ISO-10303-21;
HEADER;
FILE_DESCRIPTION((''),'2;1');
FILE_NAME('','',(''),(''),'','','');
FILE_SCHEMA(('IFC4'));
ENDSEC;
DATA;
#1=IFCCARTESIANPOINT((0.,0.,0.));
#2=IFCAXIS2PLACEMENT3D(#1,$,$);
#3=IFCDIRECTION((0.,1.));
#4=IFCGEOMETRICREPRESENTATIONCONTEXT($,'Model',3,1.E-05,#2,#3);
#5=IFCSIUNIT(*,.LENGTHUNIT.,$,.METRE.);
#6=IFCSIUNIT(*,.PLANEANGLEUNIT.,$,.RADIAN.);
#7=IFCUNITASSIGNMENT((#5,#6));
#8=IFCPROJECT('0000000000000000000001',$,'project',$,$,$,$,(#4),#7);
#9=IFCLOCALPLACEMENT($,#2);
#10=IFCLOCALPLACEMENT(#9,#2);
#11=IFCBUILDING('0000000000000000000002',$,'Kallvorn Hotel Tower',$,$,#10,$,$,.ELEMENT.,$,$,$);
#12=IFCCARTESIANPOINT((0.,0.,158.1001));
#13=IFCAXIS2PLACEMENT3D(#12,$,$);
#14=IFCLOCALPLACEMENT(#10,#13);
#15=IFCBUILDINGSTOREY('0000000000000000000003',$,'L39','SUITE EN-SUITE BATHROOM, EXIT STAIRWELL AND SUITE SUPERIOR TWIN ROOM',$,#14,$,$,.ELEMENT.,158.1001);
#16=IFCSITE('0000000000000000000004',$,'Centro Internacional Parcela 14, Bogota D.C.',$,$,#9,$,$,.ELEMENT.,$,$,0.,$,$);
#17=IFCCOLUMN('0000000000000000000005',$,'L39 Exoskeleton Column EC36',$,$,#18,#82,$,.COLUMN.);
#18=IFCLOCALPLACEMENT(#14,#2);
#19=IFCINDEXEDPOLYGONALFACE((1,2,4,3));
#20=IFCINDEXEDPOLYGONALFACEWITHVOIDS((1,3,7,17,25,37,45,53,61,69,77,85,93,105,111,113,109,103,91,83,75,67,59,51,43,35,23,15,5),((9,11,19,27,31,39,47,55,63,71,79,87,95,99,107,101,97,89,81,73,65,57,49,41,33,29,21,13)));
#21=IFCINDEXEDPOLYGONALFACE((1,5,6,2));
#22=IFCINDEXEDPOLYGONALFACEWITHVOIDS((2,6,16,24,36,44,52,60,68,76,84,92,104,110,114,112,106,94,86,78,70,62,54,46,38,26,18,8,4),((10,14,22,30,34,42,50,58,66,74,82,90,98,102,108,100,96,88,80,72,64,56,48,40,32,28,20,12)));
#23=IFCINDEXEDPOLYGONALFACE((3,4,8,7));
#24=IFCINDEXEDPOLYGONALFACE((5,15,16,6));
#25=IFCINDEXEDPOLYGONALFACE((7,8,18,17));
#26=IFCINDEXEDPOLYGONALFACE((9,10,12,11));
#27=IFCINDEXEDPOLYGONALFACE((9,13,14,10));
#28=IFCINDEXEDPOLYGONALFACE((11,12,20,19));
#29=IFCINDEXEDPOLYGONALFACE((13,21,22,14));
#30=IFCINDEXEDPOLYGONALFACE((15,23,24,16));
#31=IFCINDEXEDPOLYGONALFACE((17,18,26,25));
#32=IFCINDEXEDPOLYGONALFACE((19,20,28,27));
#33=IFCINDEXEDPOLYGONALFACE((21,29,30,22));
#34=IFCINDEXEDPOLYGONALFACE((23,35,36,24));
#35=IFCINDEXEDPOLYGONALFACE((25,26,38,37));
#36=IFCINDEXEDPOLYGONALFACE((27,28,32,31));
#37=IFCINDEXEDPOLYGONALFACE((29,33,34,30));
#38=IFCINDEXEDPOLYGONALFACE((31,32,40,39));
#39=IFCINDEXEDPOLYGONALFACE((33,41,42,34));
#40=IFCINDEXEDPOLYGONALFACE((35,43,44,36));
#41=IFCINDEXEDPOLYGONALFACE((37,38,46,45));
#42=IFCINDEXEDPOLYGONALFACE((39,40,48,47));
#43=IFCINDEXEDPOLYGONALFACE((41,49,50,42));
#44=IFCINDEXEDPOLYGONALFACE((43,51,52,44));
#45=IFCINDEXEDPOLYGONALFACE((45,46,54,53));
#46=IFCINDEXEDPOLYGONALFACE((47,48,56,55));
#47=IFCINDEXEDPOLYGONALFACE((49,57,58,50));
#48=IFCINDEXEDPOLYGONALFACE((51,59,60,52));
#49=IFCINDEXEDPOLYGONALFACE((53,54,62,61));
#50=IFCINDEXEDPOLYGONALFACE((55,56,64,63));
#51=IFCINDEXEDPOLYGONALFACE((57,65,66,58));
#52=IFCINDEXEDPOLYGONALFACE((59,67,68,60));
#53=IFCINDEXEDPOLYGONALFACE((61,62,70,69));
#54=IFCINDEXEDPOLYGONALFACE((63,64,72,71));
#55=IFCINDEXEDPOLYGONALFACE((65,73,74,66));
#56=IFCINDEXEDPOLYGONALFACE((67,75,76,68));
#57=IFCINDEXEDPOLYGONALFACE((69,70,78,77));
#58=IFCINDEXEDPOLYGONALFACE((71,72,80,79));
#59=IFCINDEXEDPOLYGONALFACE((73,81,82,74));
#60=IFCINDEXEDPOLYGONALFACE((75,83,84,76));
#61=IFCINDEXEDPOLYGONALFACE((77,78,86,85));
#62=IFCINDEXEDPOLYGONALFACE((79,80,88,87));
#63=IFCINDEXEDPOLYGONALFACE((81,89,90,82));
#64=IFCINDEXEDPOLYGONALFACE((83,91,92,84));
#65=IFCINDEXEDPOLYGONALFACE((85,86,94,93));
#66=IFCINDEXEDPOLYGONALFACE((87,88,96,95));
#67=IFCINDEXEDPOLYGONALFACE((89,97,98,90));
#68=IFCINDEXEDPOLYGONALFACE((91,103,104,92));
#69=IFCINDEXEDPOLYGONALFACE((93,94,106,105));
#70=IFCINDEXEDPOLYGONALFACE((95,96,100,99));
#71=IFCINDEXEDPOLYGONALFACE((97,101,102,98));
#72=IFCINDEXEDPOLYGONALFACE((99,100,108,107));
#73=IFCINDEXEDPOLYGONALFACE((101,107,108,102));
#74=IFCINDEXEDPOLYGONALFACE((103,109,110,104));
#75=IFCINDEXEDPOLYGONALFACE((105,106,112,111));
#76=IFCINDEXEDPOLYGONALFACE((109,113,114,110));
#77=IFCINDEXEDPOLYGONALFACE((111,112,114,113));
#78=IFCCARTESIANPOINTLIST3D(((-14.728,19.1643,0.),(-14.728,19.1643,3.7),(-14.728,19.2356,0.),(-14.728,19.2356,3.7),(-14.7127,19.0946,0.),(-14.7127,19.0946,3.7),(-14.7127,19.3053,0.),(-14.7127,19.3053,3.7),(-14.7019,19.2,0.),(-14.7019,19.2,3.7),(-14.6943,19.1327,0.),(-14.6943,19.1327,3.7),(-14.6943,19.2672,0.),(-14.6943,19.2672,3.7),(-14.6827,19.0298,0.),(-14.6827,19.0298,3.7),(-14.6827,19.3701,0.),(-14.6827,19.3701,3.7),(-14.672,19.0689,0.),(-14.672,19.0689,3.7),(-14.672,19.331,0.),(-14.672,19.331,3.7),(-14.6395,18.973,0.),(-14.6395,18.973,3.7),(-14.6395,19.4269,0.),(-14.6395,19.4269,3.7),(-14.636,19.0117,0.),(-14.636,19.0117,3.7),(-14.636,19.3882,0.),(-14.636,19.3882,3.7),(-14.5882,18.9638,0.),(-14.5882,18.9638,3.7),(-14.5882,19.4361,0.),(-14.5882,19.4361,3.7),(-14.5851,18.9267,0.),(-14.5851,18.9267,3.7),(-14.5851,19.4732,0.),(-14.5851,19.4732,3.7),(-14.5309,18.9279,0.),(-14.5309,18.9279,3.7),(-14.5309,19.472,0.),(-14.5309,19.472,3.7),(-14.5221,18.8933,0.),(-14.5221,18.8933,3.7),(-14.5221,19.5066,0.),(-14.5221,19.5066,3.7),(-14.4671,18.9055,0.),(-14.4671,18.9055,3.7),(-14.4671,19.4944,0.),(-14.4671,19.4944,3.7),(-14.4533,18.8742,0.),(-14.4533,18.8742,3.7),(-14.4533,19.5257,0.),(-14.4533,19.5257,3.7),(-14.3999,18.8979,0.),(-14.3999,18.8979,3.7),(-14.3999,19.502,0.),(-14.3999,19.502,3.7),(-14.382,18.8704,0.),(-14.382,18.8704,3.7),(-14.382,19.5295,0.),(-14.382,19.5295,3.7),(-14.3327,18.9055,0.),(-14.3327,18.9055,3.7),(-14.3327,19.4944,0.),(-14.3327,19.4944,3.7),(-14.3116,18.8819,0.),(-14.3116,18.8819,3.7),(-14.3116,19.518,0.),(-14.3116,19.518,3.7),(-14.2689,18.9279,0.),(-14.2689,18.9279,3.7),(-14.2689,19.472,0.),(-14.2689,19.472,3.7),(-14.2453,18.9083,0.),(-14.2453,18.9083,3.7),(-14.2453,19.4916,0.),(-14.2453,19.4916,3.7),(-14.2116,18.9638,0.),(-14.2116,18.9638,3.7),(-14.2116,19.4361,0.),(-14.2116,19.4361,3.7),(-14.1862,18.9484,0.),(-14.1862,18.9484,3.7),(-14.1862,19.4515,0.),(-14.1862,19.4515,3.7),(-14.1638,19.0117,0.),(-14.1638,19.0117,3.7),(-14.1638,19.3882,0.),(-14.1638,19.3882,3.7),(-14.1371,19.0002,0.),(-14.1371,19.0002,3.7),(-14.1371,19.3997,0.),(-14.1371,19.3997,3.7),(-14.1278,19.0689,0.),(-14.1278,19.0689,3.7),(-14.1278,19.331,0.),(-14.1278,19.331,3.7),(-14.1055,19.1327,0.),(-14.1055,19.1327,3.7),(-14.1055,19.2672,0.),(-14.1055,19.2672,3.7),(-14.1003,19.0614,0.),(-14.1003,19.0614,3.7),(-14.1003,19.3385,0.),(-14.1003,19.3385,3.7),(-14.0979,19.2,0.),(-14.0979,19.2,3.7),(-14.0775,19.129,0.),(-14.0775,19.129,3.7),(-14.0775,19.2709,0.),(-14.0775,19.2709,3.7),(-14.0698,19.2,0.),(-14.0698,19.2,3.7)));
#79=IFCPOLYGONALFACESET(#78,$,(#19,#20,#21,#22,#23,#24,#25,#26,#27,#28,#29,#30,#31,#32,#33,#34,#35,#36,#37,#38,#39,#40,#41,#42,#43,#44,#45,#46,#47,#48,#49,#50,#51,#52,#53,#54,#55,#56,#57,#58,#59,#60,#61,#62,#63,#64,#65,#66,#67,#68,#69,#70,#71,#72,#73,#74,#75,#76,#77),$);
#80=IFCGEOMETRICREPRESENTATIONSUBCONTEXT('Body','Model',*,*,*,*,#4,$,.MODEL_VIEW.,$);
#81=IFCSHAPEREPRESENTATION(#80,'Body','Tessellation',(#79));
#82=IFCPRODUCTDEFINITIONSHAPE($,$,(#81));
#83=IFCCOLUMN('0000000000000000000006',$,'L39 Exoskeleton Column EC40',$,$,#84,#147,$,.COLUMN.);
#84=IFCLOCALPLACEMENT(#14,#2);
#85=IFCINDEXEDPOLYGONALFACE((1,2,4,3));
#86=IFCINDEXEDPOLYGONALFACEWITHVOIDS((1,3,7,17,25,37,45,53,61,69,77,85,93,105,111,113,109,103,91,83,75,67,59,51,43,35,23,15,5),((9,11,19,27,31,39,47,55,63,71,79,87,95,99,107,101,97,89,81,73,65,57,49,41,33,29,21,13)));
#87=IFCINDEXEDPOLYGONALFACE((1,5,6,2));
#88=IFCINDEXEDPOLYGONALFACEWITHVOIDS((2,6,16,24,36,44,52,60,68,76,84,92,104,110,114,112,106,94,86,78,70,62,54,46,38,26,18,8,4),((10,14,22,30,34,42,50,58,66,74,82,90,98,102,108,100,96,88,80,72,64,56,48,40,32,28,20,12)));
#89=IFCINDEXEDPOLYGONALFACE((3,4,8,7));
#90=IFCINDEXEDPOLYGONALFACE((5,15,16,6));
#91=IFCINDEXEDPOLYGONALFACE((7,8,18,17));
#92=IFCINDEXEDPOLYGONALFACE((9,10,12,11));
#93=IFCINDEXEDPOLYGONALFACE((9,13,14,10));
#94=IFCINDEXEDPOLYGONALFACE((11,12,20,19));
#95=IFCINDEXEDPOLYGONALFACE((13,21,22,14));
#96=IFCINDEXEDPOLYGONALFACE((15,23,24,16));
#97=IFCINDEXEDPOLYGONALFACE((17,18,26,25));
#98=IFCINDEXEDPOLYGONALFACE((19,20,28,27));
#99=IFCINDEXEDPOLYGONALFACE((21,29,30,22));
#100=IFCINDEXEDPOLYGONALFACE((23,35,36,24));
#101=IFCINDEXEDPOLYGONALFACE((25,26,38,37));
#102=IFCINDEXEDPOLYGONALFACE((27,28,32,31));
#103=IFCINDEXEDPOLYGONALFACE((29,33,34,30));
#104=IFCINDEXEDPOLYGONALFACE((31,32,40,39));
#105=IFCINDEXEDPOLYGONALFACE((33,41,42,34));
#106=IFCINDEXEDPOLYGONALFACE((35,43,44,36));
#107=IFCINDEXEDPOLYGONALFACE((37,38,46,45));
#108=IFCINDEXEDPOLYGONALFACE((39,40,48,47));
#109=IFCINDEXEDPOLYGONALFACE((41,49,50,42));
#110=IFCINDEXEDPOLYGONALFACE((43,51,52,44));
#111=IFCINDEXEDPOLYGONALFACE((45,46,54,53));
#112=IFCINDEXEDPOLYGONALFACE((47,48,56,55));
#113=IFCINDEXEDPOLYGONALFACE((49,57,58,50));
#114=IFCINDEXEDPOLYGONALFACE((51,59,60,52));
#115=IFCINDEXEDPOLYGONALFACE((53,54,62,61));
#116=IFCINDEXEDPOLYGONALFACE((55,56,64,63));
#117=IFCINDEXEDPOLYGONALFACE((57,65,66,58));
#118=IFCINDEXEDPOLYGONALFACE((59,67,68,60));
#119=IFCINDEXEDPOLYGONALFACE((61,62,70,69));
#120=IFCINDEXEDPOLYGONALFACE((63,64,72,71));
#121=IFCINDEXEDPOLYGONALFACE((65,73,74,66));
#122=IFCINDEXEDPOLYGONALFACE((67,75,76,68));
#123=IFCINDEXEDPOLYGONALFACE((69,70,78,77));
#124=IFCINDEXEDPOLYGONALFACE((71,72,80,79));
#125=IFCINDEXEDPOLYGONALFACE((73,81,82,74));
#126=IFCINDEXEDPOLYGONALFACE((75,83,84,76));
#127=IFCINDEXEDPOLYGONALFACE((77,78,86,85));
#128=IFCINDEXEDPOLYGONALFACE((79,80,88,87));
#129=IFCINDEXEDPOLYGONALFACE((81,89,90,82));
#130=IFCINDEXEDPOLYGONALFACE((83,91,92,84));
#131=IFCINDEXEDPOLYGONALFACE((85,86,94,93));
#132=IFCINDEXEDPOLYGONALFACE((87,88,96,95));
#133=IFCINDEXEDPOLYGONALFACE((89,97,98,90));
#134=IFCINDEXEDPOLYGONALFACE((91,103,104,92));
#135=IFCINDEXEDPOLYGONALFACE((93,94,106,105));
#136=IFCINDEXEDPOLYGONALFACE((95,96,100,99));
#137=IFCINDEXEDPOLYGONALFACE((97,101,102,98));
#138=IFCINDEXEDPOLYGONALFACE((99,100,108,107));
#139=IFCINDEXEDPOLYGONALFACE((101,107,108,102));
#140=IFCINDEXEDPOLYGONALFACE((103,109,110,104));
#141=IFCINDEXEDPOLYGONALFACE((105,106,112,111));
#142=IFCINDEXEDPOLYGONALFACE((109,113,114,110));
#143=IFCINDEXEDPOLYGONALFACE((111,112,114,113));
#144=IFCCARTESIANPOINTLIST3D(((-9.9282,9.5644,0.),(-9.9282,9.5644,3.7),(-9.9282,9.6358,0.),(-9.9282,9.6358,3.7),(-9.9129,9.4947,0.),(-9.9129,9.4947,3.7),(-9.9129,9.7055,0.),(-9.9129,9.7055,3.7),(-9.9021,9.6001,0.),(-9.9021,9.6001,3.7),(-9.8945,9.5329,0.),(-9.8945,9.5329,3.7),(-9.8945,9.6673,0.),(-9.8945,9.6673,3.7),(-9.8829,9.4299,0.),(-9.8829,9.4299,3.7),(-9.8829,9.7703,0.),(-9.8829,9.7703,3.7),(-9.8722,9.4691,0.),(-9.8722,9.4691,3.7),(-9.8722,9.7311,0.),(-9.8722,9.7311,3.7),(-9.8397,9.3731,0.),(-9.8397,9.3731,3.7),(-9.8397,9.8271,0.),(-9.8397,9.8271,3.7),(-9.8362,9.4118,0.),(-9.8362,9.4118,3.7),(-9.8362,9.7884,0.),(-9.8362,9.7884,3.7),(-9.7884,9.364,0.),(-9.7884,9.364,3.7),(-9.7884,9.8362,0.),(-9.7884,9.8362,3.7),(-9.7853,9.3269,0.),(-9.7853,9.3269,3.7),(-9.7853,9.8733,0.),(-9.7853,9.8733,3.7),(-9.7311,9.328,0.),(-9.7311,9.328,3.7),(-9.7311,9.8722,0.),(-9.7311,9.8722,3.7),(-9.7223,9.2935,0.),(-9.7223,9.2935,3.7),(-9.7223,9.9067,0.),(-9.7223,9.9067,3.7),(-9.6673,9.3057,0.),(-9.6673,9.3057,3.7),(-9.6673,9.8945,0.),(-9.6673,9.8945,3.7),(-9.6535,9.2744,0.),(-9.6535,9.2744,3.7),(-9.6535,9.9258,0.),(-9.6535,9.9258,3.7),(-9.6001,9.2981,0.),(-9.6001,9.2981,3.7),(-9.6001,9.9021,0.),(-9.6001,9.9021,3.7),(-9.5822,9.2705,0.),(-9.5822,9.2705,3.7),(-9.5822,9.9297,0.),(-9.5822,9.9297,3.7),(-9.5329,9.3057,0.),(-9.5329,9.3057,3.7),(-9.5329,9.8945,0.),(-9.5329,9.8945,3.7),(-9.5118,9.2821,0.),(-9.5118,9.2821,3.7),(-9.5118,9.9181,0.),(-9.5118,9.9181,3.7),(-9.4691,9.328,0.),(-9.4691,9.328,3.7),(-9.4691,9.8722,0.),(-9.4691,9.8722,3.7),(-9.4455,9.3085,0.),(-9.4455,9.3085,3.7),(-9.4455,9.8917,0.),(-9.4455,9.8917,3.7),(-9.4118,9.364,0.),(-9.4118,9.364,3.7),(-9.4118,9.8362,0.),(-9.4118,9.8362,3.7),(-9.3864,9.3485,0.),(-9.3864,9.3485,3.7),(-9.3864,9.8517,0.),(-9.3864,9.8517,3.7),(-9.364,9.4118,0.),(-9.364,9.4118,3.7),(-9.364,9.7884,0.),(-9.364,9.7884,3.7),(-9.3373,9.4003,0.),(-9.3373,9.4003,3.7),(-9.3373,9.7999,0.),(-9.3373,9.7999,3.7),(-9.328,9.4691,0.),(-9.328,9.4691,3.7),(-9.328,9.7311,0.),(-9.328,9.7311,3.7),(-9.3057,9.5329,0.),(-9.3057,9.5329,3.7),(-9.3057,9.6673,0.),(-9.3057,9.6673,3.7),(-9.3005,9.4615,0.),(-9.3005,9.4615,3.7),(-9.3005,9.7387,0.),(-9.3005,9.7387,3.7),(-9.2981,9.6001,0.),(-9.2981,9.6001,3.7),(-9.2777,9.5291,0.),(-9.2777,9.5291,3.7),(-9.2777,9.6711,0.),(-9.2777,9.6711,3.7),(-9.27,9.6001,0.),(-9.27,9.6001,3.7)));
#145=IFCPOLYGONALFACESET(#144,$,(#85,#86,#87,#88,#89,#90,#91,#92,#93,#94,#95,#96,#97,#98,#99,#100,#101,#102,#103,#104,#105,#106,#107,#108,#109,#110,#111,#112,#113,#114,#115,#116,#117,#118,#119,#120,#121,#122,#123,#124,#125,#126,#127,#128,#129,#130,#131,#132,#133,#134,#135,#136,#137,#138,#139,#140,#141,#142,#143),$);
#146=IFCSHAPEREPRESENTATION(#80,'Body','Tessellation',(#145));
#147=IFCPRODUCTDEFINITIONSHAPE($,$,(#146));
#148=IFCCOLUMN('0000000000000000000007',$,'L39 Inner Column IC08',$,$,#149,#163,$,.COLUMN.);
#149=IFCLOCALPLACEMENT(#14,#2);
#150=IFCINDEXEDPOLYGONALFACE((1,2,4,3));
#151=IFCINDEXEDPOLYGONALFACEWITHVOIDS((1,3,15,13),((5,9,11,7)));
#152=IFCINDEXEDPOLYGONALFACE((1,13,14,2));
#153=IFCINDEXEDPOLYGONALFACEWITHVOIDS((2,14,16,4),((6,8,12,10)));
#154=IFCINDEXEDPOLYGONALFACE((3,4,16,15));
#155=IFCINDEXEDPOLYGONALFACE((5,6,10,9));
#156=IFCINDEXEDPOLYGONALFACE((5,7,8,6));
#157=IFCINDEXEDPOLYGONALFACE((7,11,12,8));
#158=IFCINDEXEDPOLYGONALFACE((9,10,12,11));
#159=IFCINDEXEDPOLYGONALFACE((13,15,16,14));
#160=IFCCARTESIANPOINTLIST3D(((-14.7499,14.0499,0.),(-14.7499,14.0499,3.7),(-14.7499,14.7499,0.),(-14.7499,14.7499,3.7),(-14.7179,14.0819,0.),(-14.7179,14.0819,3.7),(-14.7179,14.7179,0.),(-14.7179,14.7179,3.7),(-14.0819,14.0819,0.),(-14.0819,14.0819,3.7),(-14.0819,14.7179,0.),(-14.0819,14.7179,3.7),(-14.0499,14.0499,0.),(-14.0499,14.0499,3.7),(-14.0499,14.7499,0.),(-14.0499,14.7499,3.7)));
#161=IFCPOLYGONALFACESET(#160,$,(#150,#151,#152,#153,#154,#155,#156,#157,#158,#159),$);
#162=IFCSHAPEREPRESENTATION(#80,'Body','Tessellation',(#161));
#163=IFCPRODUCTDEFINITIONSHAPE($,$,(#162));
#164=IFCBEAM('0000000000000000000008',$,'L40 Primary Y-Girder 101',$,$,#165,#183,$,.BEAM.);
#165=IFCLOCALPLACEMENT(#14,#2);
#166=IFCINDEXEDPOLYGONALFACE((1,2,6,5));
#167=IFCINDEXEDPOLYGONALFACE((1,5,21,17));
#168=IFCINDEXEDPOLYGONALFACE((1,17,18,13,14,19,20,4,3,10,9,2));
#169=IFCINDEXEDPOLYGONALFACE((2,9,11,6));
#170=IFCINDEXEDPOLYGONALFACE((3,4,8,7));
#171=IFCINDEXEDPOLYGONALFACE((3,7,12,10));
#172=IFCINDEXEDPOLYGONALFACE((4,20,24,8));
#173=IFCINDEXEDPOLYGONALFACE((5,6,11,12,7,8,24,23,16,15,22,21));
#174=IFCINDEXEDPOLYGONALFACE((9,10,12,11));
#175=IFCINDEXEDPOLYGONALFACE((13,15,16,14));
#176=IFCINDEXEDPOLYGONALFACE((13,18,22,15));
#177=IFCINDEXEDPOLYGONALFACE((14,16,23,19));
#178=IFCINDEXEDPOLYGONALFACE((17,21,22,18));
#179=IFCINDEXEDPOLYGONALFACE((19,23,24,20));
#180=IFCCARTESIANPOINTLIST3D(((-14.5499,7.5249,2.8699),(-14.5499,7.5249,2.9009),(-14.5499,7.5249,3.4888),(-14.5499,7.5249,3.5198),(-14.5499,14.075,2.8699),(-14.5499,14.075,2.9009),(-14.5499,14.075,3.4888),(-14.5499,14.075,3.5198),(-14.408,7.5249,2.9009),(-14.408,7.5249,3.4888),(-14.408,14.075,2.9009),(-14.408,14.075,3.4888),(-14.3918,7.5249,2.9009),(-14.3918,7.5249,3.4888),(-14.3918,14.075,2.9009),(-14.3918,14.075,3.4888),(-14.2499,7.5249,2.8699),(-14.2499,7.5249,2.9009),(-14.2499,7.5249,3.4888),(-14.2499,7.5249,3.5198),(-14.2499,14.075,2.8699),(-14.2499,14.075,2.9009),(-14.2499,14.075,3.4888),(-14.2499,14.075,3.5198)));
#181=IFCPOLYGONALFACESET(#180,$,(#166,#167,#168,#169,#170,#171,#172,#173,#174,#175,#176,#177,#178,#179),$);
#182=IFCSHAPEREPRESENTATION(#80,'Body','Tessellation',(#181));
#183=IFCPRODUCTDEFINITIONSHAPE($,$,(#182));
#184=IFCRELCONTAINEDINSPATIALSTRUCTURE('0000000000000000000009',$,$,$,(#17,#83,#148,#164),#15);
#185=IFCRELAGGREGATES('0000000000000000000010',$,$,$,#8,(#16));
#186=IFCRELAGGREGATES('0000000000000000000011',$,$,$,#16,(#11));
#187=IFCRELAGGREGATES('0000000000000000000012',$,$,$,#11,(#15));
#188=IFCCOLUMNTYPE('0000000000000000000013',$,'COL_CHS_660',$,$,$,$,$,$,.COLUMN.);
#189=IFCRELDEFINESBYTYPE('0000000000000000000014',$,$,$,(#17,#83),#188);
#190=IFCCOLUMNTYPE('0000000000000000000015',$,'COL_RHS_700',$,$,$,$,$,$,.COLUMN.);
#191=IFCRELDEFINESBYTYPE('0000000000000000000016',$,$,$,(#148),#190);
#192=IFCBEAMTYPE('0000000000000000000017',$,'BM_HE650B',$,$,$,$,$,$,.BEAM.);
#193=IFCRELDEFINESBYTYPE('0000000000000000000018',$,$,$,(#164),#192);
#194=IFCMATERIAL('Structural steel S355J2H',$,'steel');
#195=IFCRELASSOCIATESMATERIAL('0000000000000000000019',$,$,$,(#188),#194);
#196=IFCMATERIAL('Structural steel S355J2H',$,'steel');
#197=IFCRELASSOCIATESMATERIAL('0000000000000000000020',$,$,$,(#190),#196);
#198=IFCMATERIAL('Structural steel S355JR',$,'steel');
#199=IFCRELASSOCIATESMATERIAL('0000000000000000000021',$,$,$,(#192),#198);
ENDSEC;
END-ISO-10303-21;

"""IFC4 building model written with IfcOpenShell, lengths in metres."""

from ifc_helpers import new_model, si_unit, direction, frame, origin, origin_2d, place, context, subcontext, project, spatial, hollow_rectangle, hollow_circle, i_section, extrude, material, material_profile, profile_set, type_object, element, save


model = new_model("IFC4")

# Units and contexts
model_context = context("Model", 3, precision=1e-05, world=origin(), true_north=direction((0.0, 1.0)))
body_context = subcontext(model_context, "Body", "Model", "MODEL_VIEW")
ifc_project = project(units=[si_unit("LENGTHUNIT", "METRE"), si_unit("PLANEANGLEUNIT", "RADIAN")], contexts=[model_context])

# Site, building, storey
site_placement = place(None, origin())
site = spatial("IfcSite", under=ifc_project, at=site_placement, Name="Centro Internacional Parcela 14, Bogota D.C.", CompositionType="ELEMENT", RefElevation=0.0)
building_placement = place(site_placement, origin())
building = spatial("IfcBuilding", under=site, at=building_placement, Name="Kallvorn Hotel Tower", CompositionType="ELEMENT")
storey_placement = place(building_placement, frame((0.0, 0.0, 158.1001)))
storey = spatial("IfcBuildingStorey", under=building, at=storey_placement, Name="L39", Description="SUITE EN-SUITE BATHROOM, EXIT STAIRWELL AND SUITE SUPERIOR TWIN ROOM", CompositionType="ELEMENT", Elevation=158.1001)

# Columns
ifc_material_1 = material(Name="Structural steel S355J2H", Category="steel")
ifc_material_profile_1 = material_profile(ifc_material_1, hollow_circle(Radius=0.3301, WallThickness=0.0281, at=origin_2d()), Name="CHS 660x28")
ifc_profile_set_1 = profile_set([ifc_material_profile_1], Name="Structural steel S355J2H")
column_type_1 = type_object("IfcColumnType", Name="COL_CHS_660", PredefinedType="COLUMN", material=ifc_profile_set_1)
for number, where, z_axis, x_axis, name in (
    (1, (-14.3999, 19.2, 0.0), (0.0, 0.0, 1.0), (1.0, 0.0, 0.0), "L39 Exoskeleton Column EC36"),
    (2, (-9.6001, 9.6001, 0.0), (0.0, 0.0, 1.0), (1.0, 0.0, 0.0), "L39 Exoskeleton Column EC40"),
):
    element("IfcColumn", number, at=place(storey_placement, frame(where, z_axis=z_axis, x_axis=x_axis)), inside=storey, type_object=column_type_1, Name=name, PredefinedType="COLUMN", context=body_context, shape_type="SweptSolid", body=[
        extrude(hollow_circle(Radius=0.3301, WallThickness=0.0281, at=origin_2d()), origin(), (0.0, 0.0, 1.0), 3.7),
    ])
ifc_material_2 = material(Name="Structural steel S355J2H", Category="steel")
ifc_material_profile_2 = material_profile(ifc_material_2, hollow_rectangle(XDim=0.7, YDim=0.7, WallThickness=0.032, at=origin_2d()), Name="RHS 700x700x32")
ifc_profile_set_2 = profile_set([ifc_material_profile_2], Name="Structural steel S355J2H")
column_type_2 = type_object("IfcColumnType", Name="COL_RHS_700", PredefinedType="COLUMN", material=ifc_profile_set_2)
column_placement = place(storey_placement, frame((-14.3999, 14.3999, 0.0), z_axis=(0.0, 0.0, 1.0), x_axis=(1.0, 0.0, 0.0)))
element("IfcColumn", 3, at=column_placement, inside=storey, type_object=column_type_2, Name="L39 Inner Column IC08", PredefinedType="COLUMN", context=body_context, shape_type="SweptSolid", body=[
    extrude(hollow_rectangle(XDim=0.7, YDim=0.7, WallThickness=0.032, at=origin_2d()), origin(), (0.0, 0.0, 1.0), 3.7),
])

# Beam
ifc_material_3 = material(Name="Structural steel S355JR", Category="steel")
ifc_material_profile_3 = material_profile(ifc_material_3, i_section(OverallWidth=0.3, OverallDepth=0.6499, WebThickness=0.0161, FlangeThickness=0.031, at=origin_2d()), Name="HE 650 B")
ifc_profile_set_3 = profile_set([ifc_material_profile_3], Name="Structural steel S355JR")
beam_type_1 = type_object("IfcBeamType", Name="BM_HE650B", PredefinedType="BEAM", material=ifc_profile_set_3)
beam_1_placement = place(storey_placement, frame((-14.3999, 7.5249, 3.1948), z_axis=(0.0, 1.0, 0.0), x_axis=(-1.0, 0.0, 0.0)))
element("IfcBeam", 4, at=beam_1_placement, inside=storey, type_object=beam_type_1, Name="L40 Primary Y-Girder 101", PredefinedType="BEAM", context=body_context, shape_type="SweptSolid", body=[
    extrude(i_section(OverallWidth=0.3, OverallDepth=0.6499, WebThickness=0.0161, FlangeThickness=0.031, at=origin_2d()), origin(), (0.0, 0.0, 1.0), 6.55),
])

save(model, "model.ifc")
